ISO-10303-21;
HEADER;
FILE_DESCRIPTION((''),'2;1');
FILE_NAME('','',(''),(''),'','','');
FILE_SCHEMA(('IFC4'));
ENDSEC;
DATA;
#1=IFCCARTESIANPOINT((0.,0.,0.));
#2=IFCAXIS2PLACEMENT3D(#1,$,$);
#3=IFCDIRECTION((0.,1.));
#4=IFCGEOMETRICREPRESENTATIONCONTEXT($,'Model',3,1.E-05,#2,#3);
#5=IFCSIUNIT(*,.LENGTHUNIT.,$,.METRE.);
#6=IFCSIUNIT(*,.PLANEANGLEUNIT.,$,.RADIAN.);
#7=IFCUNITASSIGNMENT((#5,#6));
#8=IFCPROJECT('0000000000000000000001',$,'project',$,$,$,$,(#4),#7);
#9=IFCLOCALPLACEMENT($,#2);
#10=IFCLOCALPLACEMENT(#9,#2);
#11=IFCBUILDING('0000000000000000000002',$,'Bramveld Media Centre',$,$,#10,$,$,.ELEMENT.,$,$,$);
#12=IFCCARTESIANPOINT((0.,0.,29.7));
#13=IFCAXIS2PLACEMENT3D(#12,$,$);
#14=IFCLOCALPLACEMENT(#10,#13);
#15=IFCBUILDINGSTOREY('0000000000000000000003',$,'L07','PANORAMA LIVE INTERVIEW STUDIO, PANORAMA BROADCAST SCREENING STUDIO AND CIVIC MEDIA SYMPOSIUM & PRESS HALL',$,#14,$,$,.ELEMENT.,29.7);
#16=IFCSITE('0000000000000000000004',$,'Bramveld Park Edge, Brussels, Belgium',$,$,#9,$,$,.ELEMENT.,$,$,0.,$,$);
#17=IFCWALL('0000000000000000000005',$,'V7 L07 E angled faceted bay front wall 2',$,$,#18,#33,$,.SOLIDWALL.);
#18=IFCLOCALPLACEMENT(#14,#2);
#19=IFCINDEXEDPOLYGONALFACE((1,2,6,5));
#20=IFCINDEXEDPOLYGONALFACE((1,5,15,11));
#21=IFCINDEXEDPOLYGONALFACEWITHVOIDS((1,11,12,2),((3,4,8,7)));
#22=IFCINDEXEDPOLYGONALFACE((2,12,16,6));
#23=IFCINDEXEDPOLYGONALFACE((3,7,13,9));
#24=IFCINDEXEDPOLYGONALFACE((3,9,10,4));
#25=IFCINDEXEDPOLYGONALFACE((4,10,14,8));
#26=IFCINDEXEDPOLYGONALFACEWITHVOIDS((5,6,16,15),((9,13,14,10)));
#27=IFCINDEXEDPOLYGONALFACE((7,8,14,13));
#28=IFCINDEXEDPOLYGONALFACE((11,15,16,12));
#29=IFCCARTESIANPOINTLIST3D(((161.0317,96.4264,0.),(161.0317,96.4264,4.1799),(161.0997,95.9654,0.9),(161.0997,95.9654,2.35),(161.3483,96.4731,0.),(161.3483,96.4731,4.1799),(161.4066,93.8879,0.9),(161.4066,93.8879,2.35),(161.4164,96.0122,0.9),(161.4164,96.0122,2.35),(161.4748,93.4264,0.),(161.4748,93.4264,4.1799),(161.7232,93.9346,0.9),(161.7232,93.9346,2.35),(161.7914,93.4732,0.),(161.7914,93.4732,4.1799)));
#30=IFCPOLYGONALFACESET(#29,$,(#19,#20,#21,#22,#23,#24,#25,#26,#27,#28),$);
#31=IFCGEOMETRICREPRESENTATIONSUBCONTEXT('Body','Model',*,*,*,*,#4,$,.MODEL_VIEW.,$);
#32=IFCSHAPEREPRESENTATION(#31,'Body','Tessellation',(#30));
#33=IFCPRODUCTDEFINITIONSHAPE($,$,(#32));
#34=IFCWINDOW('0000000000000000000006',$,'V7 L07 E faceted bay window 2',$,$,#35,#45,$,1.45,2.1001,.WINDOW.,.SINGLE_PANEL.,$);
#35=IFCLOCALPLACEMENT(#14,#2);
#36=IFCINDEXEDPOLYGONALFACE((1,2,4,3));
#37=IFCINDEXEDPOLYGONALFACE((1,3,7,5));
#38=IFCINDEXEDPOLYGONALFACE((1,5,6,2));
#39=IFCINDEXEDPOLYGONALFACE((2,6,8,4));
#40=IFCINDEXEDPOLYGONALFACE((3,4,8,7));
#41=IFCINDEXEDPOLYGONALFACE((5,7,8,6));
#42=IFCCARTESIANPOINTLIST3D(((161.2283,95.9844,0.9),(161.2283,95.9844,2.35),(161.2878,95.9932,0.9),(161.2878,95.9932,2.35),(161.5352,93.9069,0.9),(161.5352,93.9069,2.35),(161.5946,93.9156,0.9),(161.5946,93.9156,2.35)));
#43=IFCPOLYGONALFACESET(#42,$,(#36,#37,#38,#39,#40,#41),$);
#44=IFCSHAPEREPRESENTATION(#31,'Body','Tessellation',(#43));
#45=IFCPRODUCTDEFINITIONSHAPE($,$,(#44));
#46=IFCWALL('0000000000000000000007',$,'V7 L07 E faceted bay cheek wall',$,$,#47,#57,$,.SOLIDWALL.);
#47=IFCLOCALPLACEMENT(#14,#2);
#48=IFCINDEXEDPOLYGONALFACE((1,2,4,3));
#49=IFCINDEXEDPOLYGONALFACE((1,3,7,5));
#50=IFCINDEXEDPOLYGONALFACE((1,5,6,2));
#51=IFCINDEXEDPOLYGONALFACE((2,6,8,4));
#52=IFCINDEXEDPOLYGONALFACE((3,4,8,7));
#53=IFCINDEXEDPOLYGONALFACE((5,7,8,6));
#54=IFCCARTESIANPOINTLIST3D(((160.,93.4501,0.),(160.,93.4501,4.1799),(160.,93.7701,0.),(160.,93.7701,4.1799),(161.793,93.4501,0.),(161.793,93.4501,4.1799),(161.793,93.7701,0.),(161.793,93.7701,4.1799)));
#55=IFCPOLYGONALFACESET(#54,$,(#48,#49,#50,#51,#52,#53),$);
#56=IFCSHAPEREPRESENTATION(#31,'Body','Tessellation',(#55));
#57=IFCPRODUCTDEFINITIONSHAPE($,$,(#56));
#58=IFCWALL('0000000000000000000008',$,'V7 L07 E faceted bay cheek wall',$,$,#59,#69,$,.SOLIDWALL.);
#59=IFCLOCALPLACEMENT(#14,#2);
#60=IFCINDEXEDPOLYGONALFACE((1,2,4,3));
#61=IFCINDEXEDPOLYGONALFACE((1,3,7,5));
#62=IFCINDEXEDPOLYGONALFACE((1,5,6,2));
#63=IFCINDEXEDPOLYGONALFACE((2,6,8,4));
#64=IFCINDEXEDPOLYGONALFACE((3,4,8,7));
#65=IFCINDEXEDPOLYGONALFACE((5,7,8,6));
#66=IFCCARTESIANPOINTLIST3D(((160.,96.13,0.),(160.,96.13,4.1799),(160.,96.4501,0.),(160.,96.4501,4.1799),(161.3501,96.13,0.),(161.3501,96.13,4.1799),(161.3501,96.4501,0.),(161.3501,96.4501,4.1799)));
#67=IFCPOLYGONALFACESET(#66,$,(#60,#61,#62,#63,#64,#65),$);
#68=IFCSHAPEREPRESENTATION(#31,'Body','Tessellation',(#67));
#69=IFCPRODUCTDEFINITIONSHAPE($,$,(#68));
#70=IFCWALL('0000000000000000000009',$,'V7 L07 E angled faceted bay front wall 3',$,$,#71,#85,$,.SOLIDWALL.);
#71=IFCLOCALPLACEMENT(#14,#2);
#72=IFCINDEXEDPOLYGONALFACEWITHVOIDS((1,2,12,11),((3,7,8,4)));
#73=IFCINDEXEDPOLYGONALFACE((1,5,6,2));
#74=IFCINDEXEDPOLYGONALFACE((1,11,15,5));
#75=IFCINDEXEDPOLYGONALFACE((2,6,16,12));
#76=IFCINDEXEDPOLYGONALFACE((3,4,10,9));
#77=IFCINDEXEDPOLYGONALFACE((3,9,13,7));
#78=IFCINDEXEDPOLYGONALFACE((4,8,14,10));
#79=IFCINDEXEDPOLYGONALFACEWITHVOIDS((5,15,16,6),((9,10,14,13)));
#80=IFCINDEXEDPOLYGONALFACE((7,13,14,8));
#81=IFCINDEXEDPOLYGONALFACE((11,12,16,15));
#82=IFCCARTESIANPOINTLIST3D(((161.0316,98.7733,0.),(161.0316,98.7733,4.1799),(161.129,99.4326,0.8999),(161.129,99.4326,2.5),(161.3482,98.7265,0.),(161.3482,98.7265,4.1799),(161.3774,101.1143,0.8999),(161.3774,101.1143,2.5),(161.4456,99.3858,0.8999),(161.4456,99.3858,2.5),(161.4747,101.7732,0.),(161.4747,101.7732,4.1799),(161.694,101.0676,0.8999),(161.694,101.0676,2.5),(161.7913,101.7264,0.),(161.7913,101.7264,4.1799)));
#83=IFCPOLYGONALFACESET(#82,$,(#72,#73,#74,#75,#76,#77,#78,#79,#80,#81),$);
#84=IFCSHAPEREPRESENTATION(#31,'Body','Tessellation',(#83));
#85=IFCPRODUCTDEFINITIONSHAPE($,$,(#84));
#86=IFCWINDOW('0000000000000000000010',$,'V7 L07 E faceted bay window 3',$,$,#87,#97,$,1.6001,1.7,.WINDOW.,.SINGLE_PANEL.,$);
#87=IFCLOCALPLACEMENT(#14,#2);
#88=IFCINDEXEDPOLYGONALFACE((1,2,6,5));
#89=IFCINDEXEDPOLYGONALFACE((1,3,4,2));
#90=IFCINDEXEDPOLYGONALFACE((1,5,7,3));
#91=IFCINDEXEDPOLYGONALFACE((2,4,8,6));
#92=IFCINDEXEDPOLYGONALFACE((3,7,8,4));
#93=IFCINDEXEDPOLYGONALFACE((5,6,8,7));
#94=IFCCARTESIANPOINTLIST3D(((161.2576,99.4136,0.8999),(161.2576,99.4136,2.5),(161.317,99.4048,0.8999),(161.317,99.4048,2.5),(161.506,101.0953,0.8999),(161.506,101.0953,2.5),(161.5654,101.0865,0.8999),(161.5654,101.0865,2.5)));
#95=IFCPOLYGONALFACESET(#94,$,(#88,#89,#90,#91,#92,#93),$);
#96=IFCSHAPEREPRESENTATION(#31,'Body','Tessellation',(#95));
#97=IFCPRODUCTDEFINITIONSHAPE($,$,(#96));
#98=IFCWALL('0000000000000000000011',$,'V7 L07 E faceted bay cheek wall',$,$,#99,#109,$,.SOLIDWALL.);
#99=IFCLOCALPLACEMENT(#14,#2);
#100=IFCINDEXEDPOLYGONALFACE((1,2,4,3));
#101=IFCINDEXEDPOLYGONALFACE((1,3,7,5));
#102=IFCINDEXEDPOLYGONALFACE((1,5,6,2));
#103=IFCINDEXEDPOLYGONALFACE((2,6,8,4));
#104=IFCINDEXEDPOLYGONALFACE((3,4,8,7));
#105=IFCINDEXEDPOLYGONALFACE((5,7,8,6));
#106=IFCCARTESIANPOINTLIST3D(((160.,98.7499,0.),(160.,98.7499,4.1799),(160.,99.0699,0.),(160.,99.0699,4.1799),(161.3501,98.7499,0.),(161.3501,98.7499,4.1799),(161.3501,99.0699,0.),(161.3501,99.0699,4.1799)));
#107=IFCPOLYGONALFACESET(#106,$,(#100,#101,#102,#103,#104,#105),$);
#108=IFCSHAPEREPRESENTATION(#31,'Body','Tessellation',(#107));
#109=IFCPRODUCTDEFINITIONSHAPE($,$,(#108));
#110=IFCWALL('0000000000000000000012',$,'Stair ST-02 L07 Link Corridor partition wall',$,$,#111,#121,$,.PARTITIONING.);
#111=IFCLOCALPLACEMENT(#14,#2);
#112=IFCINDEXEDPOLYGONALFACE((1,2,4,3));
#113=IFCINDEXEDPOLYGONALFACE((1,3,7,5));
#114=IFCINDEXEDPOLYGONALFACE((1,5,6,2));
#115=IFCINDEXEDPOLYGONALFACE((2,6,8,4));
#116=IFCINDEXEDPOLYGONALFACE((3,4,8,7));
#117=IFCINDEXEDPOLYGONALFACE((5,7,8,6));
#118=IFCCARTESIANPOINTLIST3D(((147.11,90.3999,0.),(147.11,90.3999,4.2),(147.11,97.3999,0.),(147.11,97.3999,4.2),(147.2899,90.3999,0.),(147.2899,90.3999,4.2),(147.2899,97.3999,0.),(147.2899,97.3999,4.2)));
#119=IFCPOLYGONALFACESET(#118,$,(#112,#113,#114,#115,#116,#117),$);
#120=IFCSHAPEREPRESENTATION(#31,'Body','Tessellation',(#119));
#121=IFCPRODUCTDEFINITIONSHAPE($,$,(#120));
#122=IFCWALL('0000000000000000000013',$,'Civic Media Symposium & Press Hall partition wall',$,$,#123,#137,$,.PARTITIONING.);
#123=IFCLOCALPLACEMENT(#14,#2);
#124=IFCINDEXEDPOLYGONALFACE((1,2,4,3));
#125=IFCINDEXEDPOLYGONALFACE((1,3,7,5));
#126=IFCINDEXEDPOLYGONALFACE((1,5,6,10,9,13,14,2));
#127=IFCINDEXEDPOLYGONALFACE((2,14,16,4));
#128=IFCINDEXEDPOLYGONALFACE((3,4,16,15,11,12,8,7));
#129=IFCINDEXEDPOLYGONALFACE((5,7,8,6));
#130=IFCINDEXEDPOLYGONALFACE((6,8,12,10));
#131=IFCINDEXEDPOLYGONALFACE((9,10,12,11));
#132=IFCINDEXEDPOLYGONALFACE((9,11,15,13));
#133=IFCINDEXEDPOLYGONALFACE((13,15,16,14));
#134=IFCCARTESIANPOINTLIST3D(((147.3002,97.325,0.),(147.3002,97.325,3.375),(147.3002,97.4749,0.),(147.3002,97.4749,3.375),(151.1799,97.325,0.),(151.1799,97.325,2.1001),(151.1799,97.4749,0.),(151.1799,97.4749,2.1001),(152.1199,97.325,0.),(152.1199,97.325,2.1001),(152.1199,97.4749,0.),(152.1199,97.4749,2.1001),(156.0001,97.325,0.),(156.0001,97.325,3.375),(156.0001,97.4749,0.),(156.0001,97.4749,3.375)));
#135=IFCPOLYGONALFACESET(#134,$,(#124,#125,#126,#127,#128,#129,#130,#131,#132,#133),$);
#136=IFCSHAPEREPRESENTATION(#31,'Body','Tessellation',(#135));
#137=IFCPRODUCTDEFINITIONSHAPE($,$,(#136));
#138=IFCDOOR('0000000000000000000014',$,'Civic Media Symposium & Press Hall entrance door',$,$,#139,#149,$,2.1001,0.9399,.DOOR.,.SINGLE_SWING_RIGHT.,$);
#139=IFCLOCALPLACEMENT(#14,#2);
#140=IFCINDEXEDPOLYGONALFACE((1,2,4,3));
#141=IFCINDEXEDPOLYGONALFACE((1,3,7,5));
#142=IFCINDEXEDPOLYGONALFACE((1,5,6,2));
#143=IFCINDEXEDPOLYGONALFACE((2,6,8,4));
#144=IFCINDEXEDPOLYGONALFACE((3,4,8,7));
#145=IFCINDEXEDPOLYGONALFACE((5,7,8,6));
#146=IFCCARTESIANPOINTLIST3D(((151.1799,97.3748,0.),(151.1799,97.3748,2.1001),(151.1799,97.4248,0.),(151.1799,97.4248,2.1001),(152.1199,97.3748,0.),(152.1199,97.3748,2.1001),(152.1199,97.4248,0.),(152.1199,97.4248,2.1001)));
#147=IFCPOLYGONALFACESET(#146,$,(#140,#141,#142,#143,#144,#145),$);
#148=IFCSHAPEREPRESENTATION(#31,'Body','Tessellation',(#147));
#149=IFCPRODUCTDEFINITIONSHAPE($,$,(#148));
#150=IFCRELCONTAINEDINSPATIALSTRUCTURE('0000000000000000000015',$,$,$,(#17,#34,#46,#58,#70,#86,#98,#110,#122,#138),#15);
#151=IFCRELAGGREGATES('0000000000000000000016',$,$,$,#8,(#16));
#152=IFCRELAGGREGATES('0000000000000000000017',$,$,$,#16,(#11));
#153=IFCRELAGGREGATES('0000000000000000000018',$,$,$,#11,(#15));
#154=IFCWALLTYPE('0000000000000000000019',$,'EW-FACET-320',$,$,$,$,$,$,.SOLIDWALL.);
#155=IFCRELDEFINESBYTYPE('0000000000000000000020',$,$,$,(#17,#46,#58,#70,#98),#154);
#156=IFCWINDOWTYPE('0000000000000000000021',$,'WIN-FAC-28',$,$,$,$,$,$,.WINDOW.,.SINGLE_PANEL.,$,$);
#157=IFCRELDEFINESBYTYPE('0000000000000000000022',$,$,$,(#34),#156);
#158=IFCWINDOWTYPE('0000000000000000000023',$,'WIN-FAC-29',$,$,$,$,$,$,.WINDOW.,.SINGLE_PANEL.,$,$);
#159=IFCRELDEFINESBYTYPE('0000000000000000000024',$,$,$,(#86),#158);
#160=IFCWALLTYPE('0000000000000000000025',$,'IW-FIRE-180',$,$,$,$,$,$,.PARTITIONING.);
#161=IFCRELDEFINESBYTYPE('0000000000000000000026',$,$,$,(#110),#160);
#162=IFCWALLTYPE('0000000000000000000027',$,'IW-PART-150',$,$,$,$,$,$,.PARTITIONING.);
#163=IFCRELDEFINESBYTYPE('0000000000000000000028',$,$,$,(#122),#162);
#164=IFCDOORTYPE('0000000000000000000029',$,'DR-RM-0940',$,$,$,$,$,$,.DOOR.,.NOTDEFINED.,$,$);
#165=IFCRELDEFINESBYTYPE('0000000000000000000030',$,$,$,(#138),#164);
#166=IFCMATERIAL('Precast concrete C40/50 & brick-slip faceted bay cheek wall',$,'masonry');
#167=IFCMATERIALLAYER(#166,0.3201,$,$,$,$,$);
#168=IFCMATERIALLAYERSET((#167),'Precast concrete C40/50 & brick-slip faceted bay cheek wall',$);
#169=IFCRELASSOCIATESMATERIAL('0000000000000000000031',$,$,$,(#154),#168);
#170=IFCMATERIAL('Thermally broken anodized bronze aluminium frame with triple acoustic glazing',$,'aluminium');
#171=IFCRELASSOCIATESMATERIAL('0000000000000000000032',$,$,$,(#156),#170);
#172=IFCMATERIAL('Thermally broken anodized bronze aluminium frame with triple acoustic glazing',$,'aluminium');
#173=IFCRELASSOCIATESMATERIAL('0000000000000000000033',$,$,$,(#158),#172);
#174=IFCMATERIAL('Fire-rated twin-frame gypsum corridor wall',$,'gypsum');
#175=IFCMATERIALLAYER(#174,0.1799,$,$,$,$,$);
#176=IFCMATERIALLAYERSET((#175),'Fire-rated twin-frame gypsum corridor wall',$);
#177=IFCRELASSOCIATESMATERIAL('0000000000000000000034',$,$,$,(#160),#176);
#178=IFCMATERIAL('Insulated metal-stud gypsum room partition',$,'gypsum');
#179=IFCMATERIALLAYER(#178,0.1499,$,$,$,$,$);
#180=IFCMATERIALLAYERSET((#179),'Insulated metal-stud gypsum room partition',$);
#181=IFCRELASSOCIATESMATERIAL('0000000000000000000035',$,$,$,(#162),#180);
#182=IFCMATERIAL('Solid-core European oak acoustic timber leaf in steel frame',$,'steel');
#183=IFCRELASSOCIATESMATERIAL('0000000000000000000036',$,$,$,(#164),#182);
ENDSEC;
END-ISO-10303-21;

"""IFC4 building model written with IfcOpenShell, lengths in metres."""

from ifc_helpers import new_model, si_unit, direction, frame, frame_2d, origin, place, context, subcontext, project, spatial, rectangle, extrude, material, layer, layer_set, type_object, element, fill, save


model = new_model("IFC4")

# Units and contexts
model_context = context("Model", 3, precision=1e-05, world=origin(), true_north=direction((0.0, 1.0)))
body_context = subcontext(model_context, "Body", "Model", "MODEL_VIEW")
ifc_project = project(units=[si_unit("LENGTHUNIT", "METRE"), si_unit("PLANEANGLEUNIT", "RADIAN")], contexts=[model_context])

# Site, building, storey
site_placement = place(None, origin())
site = spatial("IfcSite", under=ifc_project, at=site_placement, Name="Bramveld Park Edge, Brussels, Belgium", CompositionType="ELEMENT", RefElevation=0.0)
building_placement = place(site_placement, origin())
building = spatial("IfcBuilding", under=site, at=building_placement, Name="Bramveld Media Centre", CompositionType="ELEMENT")
storey_placement = place(building_placement, frame((0.0, 0.0, 29.7)))
storey = spatial("IfcBuildingStorey", under=building, at=storey_placement, Name="L07", Description="PANORAMA LIVE INTERVIEW STUDIO, PANORAMA BROADCAST SCREENING STUDIO AND CIVIC MEDIA SYMPOSIUM & PRESS HALL", CompositionType="ELEMENT", Elevation=29.7)

# Wall, opening, window
ifc_material_1 = material(Name="Precast concrete C40/50 & brick-slip faceted bay cheek wall", Category="masonry")
ifc_layer_1 = layer(ifc_material_1, 0.3201)
ifc_layer_set_1 = layer_set([ifc_layer_1], Name="Precast concrete C40/50 & brick-slip faceted bay cheek wall")
wall_type_1 = type_object("IfcWallType", Name="EW-FACET-320", PredefinedType="SOLIDWALL", material=ifc_layer_set_1)
wall_1_placement = place(storey_placement, frame((161.6331, 93.45, 0.0), z_axis=(0.0, 0.0, 1.0), x_axis=(-0.14612, 0.989267, 0.0)))
wall_1 = element("IfcWall", 1, at=wall_1_placement, inside=storey, type_object=wall_type_1, Name="V7 L07 E angled faceted bay front wall 2", PredefinedType="SOLIDWALL", context=body_context, shape_type="SweptSolid", body=[
    extrude(rectangle(XDim=3.0325, YDim=0.3201, at=frame_2d((1.5161, 0.0))), origin(), (0.0, 0.0, 1.0), 4.1799),
])
opening_1_placement = place(wall_1_placement, frame((0.4663, 0.0, 0.8999)))
opening_1 = element("IfcOpeningElement", 2, at=opening_1_placement, cuts=wall_1, PredefinedType="OPENING", context=body_context, shape_type="SweptSolid", body=[
    extrude(rectangle(XDim=2.1001, YDim=1.45, at=frame_2d((1.05, 0.7251))), frame((0.0, 0.1719, 0.0), z_axis=(0.0, -1.0, 0.0), x_axis=(1.0, 0.0, 0.0)), (0.0, 0.0, 1.0), 0.344),
])
ifc_material_2 = material(Name="Thermally broken anodized bronze aluminium frame with triple acoustic glazing", Category="aluminium")
window_type_1 = type_object("IfcWindowType", Name="WIN-FAC-28", PartitioningType="SINGLE_PANEL", PredefinedType="WINDOW", material=ifc_material_2)
window_1_placement = place(opening_1_placement, origin())
window_1 = element("IfcWindow", 3, at=window_1_placement, inside=storey, type_object=window_type_1, Name="V7 L07 E faceted bay window 2", OverallHeight=1.45, OverallWidth=2.1001, PartitioningType="SINGLE_PANEL", PredefinedType="WINDOW", context=body_context, shape_type="SweptSolid", body=[
    extrude(rectangle(XDim=2.1001, YDim=1.45, at=frame_2d((1.05, 0.7251))), frame((0.0, 0.03, 0.0), z_axis=(0.0, -1.0, 0.0), x_axis=(1.0, 0.0, 0.0)), (0.0, 0.0, 1.0), 0.0601),
])
fill(opening_1, window_1)

# Walls
wall_2_placement = place(storey_placement, frame((160.0, 93.6101, 0.0), z_axis=(0.0, 0.0, 1.0), x_axis=(1.0, 0.0, 0.0)))
element("IfcWall", 4, at=wall_2_placement, inside=storey, type_object=wall_type_1, Name="V7 L07 E faceted bay cheek wall", PredefinedType="SOLIDWALL", context=body_context, shape_type="SweptSolid", body=[
    extrude(rectangle(XDim=1.793, YDim=0.3201, at=frame_2d((0.8965, 0.0))), origin(), (0.0, 0.0, 1.0), 4.1799),
])
wall_3_placement = place(storey_placement, frame((160.0, 96.29, 0.0), z_axis=(0.0, 0.0, 1.0), x_axis=(1.0, 0.0, 0.0)))
element("IfcWall", 5, at=wall_3_placement, inside=storey, type_object=wall_type_1, Name="V7 L07 E faceted bay cheek wall", PredefinedType="SOLIDWALL", context=body_context, shape_type="SweptSolid", body=[
    extrude(rectangle(XDim=1.3501, YDim=0.3201, at=frame_2d((0.675, 0.0))), origin(), (0.0, 0.0, 1.0), 4.1799),
])

# Wall, opening, window
wall_4_placement = place(storey_placement, frame((161.1899, 98.75, 0.0), z_axis=(0.0, 0.0, 1.0), x_axis=(0.14612, 0.989267, 0.0)))
wall_4 = element("IfcWall", 6, at=wall_4_placement, inside=storey, type_object=wall_type_1, Name="V7 L07 E angled faceted bay front wall 3", PredefinedType="SOLIDWALL", context=body_context, shape_type="SweptSolid", body=[
    extrude(rectangle(XDim=3.0325, YDim=0.3201, at=frame_2d((1.5161, 0.0))), origin(), (0.0, 0.0, 1.0), 4.1799),
])
opening_2_placement = place(wall_4_placement, frame((0.6663, 0.0, 0.8999)))
opening_2 = element("IfcOpeningElement", 7, at=opening_2_placement, cuts=wall_4, PredefinedType="OPENING", context=body_context, shape_type="SweptSolid", body=[
    extrude(rectangle(XDim=1.7, YDim=1.6001, at=frame_2d((0.8501, 0.8))), frame((0.0, 0.1719, 0.0), z_axis=(0.0, -1.0, 0.0), x_axis=(1.0, 0.0, 0.0)), (0.0, 0.0, 1.0), 0.344),
])
ifc_material_3 = material(Name="Thermally broken anodized bronze aluminium frame with triple acoustic glazing", Category="aluminium")
window_type_2 = type_object("IfcWindowType", Name="WIN-FAC-29", PartitioningType="SINGLE_PANEL", PredefinedType="WINDOW", material=ifc_material_3)
window_2_placement = place(opening_2_placement, origin())
window_2 = element("IfcWindow", 8, at=window_2_placement, inside=storey, type_object=window_type_2, Name="V7 L07 E faceted bay window 3", OverallHeight=1.6001, OverallWidth=1.7, PartitioningType="SINGLE_PANEL", PredefinedType="WINDOW", context=body_context, shape_type="SweptSolid", body=[
    extrude(rectangle(XDim=1.7, YDim=1.6001, at=frame_2d((0.8501, 0.8))), frame((0.0, 0.03, 0.0), z_axis=(0.0, -1.0, 0.0), x_axis=(1.0, 0.0, 0.0)), (0.0, 0.0, 1.0), 0.0601),
])
fill(opening_2, window_2)

# Walls
wall_5_placement = place(storey_placement, frame((160.0, 98.9099, 0.0), z_axis=(0.0, 0.0, 1.0), x_axis=(1.0, 0.0, 0.0)))
element("IfcWall", 9, at=wall_5_placement, inside=storey, type_object=wall_type_1, Name="V7 L07 E faceted bay cheek wall", PredefinedType="SOLIDWALL", context=body_context, shape_type="SweptSolid", body=[
    extrude(rectangle(XDim=1.3501, YDim=0.3201, at=frame_2d((0.675, 0.0))), origin(), (0.0, 0.0, 1.0), 4.1799),
])
ifc_material_4 = material(Name="Fire-rated twin-frame gypsum corridor wall", Category="gypsum")
ifc_layer_2 = layer(ifc_material_4, 0.1799)
ifc_layer_set_2 = layer_set([ifc_layer_2], Name="Fire-rated twin-frame gypsum corridor wall")
wall_type_2 = type_object("IfcWallType", Name="IW-FIRE-180", PredefinedType="PARTITIONING", material=ifc_layer_set_2)
wall_6_placement = place(storey_placement, frame((147.2, 90.3999, 0.0), z_axis=(0.0, 0.0, 1.0), x_axis=(0.0, 1.0, 0.0)))
element("IfcWall", 10, at=wall_6_placement, inside=storey, type_object=wall_type_2, Name="Stair ST-02 L07 Link Corridor partition wall", PredefinedType="PARTITIONING", context=body_context, shape_type="SweptSolid", body=[
    extrude(rectangle(XDim=7.0, YDim=0.1799, at=frame_2d((3.5, 0.0))), origin(), (0.0, 0.0, 1.0), 4.2),
])

# Wall, opening, door
ifc_material_5 = material(Name="Insulated metal-stud gypsum room partition", Category="gypsum")
ifc_layer_3 = layer(ifc_material_5, 0.1499)
ifc_layer_set_3 = layer_set([ifc_layer_3], Name="Insulated metal-stud gypsum room partition")
wall_type_3 = type_object("IfcWallType", Name="IW-PART-150", PredefinedType="PARTITIONING", material=ifc_layer_set_3)
wall_7_placement = place(storey_placement, frame((147.3, 97.3999, 0.0), z_axis=(0.0, 0.0, 1.0), x_axis=(1.0, 0.0, 0.0)))
wall_7 = element("IfcWall", 11, at=wall_7_placement, inside=storey, type_object=wall_type_3, Name="Civic Media Symposium & Press Hall partition wall", PredefinedType="PARTITIONING", context=body_context, shape_type="SweptSolid", body=[
    extrude(rectangle(XDim=8.7, YDim=0.1499, at=frame_2d((4.3501, 0.0))), origin(), (0.0, 0.0, 1.0), 3.375),
])
opening_3_placement = place(wall_7_placement, frame((3.8799, 0.0, 0.0)))
opening_3 = element("IfcOpeningElement", 12, at=opening_3_placement, cuts=wall_7, PredefinedType="OPENING", context=body_context, shape_type="SweptSolid", body=[
    extrude(rectangle(XDim=0.9399, YDim=2.1001, at=frame_2d((0.47, 1.05))), frame((0.0, 0.0869, 0.0), z_axis=(0.0, -1.0, 0.0), x_axis=(1.0, 0.0, 0.0)), (0.0, 0.0, 1.0), 0.1738),
])
ifc_material_6 = material(Name="Solid-core European oak acoustic timber leaf in steel frame", Category="steel")
door_type_1 = type_object("IfcDoorType", Name="DR-RM-0940", OperationType="NOTDEFINED", PredefinedType="DOOR", material=ifc_material_6)
door_1_placement = place(opening_3_placement, origin())
door_1 = element("IfcDoor", 13, at=door_1_placement, inside=storey, type_object=door_type_1, Name="Civic Media Symposium & Press Hall entrance door", OperationType="SINGLE_SWING_RIGHT", OverallHeight=2.1001, OverallWidth=0.9399, PredefinedType="DOOR", context=body_context, shape_type="SweptSolid", body=[
    extrude(rectangle(XDim=0.9399, YDim=2.1001, at=frame_2d((0.47, 1.05))), frame((0.0, 0.0249, 0.0), z_axis=(0.0, -1.0, 0.0), x_axis=(1.0, 0.0, 0.0)), (0.0, 0.0, 1.0), 0.05),
])
fill(opening_3, door_1)

save(model, "model.ifc")
